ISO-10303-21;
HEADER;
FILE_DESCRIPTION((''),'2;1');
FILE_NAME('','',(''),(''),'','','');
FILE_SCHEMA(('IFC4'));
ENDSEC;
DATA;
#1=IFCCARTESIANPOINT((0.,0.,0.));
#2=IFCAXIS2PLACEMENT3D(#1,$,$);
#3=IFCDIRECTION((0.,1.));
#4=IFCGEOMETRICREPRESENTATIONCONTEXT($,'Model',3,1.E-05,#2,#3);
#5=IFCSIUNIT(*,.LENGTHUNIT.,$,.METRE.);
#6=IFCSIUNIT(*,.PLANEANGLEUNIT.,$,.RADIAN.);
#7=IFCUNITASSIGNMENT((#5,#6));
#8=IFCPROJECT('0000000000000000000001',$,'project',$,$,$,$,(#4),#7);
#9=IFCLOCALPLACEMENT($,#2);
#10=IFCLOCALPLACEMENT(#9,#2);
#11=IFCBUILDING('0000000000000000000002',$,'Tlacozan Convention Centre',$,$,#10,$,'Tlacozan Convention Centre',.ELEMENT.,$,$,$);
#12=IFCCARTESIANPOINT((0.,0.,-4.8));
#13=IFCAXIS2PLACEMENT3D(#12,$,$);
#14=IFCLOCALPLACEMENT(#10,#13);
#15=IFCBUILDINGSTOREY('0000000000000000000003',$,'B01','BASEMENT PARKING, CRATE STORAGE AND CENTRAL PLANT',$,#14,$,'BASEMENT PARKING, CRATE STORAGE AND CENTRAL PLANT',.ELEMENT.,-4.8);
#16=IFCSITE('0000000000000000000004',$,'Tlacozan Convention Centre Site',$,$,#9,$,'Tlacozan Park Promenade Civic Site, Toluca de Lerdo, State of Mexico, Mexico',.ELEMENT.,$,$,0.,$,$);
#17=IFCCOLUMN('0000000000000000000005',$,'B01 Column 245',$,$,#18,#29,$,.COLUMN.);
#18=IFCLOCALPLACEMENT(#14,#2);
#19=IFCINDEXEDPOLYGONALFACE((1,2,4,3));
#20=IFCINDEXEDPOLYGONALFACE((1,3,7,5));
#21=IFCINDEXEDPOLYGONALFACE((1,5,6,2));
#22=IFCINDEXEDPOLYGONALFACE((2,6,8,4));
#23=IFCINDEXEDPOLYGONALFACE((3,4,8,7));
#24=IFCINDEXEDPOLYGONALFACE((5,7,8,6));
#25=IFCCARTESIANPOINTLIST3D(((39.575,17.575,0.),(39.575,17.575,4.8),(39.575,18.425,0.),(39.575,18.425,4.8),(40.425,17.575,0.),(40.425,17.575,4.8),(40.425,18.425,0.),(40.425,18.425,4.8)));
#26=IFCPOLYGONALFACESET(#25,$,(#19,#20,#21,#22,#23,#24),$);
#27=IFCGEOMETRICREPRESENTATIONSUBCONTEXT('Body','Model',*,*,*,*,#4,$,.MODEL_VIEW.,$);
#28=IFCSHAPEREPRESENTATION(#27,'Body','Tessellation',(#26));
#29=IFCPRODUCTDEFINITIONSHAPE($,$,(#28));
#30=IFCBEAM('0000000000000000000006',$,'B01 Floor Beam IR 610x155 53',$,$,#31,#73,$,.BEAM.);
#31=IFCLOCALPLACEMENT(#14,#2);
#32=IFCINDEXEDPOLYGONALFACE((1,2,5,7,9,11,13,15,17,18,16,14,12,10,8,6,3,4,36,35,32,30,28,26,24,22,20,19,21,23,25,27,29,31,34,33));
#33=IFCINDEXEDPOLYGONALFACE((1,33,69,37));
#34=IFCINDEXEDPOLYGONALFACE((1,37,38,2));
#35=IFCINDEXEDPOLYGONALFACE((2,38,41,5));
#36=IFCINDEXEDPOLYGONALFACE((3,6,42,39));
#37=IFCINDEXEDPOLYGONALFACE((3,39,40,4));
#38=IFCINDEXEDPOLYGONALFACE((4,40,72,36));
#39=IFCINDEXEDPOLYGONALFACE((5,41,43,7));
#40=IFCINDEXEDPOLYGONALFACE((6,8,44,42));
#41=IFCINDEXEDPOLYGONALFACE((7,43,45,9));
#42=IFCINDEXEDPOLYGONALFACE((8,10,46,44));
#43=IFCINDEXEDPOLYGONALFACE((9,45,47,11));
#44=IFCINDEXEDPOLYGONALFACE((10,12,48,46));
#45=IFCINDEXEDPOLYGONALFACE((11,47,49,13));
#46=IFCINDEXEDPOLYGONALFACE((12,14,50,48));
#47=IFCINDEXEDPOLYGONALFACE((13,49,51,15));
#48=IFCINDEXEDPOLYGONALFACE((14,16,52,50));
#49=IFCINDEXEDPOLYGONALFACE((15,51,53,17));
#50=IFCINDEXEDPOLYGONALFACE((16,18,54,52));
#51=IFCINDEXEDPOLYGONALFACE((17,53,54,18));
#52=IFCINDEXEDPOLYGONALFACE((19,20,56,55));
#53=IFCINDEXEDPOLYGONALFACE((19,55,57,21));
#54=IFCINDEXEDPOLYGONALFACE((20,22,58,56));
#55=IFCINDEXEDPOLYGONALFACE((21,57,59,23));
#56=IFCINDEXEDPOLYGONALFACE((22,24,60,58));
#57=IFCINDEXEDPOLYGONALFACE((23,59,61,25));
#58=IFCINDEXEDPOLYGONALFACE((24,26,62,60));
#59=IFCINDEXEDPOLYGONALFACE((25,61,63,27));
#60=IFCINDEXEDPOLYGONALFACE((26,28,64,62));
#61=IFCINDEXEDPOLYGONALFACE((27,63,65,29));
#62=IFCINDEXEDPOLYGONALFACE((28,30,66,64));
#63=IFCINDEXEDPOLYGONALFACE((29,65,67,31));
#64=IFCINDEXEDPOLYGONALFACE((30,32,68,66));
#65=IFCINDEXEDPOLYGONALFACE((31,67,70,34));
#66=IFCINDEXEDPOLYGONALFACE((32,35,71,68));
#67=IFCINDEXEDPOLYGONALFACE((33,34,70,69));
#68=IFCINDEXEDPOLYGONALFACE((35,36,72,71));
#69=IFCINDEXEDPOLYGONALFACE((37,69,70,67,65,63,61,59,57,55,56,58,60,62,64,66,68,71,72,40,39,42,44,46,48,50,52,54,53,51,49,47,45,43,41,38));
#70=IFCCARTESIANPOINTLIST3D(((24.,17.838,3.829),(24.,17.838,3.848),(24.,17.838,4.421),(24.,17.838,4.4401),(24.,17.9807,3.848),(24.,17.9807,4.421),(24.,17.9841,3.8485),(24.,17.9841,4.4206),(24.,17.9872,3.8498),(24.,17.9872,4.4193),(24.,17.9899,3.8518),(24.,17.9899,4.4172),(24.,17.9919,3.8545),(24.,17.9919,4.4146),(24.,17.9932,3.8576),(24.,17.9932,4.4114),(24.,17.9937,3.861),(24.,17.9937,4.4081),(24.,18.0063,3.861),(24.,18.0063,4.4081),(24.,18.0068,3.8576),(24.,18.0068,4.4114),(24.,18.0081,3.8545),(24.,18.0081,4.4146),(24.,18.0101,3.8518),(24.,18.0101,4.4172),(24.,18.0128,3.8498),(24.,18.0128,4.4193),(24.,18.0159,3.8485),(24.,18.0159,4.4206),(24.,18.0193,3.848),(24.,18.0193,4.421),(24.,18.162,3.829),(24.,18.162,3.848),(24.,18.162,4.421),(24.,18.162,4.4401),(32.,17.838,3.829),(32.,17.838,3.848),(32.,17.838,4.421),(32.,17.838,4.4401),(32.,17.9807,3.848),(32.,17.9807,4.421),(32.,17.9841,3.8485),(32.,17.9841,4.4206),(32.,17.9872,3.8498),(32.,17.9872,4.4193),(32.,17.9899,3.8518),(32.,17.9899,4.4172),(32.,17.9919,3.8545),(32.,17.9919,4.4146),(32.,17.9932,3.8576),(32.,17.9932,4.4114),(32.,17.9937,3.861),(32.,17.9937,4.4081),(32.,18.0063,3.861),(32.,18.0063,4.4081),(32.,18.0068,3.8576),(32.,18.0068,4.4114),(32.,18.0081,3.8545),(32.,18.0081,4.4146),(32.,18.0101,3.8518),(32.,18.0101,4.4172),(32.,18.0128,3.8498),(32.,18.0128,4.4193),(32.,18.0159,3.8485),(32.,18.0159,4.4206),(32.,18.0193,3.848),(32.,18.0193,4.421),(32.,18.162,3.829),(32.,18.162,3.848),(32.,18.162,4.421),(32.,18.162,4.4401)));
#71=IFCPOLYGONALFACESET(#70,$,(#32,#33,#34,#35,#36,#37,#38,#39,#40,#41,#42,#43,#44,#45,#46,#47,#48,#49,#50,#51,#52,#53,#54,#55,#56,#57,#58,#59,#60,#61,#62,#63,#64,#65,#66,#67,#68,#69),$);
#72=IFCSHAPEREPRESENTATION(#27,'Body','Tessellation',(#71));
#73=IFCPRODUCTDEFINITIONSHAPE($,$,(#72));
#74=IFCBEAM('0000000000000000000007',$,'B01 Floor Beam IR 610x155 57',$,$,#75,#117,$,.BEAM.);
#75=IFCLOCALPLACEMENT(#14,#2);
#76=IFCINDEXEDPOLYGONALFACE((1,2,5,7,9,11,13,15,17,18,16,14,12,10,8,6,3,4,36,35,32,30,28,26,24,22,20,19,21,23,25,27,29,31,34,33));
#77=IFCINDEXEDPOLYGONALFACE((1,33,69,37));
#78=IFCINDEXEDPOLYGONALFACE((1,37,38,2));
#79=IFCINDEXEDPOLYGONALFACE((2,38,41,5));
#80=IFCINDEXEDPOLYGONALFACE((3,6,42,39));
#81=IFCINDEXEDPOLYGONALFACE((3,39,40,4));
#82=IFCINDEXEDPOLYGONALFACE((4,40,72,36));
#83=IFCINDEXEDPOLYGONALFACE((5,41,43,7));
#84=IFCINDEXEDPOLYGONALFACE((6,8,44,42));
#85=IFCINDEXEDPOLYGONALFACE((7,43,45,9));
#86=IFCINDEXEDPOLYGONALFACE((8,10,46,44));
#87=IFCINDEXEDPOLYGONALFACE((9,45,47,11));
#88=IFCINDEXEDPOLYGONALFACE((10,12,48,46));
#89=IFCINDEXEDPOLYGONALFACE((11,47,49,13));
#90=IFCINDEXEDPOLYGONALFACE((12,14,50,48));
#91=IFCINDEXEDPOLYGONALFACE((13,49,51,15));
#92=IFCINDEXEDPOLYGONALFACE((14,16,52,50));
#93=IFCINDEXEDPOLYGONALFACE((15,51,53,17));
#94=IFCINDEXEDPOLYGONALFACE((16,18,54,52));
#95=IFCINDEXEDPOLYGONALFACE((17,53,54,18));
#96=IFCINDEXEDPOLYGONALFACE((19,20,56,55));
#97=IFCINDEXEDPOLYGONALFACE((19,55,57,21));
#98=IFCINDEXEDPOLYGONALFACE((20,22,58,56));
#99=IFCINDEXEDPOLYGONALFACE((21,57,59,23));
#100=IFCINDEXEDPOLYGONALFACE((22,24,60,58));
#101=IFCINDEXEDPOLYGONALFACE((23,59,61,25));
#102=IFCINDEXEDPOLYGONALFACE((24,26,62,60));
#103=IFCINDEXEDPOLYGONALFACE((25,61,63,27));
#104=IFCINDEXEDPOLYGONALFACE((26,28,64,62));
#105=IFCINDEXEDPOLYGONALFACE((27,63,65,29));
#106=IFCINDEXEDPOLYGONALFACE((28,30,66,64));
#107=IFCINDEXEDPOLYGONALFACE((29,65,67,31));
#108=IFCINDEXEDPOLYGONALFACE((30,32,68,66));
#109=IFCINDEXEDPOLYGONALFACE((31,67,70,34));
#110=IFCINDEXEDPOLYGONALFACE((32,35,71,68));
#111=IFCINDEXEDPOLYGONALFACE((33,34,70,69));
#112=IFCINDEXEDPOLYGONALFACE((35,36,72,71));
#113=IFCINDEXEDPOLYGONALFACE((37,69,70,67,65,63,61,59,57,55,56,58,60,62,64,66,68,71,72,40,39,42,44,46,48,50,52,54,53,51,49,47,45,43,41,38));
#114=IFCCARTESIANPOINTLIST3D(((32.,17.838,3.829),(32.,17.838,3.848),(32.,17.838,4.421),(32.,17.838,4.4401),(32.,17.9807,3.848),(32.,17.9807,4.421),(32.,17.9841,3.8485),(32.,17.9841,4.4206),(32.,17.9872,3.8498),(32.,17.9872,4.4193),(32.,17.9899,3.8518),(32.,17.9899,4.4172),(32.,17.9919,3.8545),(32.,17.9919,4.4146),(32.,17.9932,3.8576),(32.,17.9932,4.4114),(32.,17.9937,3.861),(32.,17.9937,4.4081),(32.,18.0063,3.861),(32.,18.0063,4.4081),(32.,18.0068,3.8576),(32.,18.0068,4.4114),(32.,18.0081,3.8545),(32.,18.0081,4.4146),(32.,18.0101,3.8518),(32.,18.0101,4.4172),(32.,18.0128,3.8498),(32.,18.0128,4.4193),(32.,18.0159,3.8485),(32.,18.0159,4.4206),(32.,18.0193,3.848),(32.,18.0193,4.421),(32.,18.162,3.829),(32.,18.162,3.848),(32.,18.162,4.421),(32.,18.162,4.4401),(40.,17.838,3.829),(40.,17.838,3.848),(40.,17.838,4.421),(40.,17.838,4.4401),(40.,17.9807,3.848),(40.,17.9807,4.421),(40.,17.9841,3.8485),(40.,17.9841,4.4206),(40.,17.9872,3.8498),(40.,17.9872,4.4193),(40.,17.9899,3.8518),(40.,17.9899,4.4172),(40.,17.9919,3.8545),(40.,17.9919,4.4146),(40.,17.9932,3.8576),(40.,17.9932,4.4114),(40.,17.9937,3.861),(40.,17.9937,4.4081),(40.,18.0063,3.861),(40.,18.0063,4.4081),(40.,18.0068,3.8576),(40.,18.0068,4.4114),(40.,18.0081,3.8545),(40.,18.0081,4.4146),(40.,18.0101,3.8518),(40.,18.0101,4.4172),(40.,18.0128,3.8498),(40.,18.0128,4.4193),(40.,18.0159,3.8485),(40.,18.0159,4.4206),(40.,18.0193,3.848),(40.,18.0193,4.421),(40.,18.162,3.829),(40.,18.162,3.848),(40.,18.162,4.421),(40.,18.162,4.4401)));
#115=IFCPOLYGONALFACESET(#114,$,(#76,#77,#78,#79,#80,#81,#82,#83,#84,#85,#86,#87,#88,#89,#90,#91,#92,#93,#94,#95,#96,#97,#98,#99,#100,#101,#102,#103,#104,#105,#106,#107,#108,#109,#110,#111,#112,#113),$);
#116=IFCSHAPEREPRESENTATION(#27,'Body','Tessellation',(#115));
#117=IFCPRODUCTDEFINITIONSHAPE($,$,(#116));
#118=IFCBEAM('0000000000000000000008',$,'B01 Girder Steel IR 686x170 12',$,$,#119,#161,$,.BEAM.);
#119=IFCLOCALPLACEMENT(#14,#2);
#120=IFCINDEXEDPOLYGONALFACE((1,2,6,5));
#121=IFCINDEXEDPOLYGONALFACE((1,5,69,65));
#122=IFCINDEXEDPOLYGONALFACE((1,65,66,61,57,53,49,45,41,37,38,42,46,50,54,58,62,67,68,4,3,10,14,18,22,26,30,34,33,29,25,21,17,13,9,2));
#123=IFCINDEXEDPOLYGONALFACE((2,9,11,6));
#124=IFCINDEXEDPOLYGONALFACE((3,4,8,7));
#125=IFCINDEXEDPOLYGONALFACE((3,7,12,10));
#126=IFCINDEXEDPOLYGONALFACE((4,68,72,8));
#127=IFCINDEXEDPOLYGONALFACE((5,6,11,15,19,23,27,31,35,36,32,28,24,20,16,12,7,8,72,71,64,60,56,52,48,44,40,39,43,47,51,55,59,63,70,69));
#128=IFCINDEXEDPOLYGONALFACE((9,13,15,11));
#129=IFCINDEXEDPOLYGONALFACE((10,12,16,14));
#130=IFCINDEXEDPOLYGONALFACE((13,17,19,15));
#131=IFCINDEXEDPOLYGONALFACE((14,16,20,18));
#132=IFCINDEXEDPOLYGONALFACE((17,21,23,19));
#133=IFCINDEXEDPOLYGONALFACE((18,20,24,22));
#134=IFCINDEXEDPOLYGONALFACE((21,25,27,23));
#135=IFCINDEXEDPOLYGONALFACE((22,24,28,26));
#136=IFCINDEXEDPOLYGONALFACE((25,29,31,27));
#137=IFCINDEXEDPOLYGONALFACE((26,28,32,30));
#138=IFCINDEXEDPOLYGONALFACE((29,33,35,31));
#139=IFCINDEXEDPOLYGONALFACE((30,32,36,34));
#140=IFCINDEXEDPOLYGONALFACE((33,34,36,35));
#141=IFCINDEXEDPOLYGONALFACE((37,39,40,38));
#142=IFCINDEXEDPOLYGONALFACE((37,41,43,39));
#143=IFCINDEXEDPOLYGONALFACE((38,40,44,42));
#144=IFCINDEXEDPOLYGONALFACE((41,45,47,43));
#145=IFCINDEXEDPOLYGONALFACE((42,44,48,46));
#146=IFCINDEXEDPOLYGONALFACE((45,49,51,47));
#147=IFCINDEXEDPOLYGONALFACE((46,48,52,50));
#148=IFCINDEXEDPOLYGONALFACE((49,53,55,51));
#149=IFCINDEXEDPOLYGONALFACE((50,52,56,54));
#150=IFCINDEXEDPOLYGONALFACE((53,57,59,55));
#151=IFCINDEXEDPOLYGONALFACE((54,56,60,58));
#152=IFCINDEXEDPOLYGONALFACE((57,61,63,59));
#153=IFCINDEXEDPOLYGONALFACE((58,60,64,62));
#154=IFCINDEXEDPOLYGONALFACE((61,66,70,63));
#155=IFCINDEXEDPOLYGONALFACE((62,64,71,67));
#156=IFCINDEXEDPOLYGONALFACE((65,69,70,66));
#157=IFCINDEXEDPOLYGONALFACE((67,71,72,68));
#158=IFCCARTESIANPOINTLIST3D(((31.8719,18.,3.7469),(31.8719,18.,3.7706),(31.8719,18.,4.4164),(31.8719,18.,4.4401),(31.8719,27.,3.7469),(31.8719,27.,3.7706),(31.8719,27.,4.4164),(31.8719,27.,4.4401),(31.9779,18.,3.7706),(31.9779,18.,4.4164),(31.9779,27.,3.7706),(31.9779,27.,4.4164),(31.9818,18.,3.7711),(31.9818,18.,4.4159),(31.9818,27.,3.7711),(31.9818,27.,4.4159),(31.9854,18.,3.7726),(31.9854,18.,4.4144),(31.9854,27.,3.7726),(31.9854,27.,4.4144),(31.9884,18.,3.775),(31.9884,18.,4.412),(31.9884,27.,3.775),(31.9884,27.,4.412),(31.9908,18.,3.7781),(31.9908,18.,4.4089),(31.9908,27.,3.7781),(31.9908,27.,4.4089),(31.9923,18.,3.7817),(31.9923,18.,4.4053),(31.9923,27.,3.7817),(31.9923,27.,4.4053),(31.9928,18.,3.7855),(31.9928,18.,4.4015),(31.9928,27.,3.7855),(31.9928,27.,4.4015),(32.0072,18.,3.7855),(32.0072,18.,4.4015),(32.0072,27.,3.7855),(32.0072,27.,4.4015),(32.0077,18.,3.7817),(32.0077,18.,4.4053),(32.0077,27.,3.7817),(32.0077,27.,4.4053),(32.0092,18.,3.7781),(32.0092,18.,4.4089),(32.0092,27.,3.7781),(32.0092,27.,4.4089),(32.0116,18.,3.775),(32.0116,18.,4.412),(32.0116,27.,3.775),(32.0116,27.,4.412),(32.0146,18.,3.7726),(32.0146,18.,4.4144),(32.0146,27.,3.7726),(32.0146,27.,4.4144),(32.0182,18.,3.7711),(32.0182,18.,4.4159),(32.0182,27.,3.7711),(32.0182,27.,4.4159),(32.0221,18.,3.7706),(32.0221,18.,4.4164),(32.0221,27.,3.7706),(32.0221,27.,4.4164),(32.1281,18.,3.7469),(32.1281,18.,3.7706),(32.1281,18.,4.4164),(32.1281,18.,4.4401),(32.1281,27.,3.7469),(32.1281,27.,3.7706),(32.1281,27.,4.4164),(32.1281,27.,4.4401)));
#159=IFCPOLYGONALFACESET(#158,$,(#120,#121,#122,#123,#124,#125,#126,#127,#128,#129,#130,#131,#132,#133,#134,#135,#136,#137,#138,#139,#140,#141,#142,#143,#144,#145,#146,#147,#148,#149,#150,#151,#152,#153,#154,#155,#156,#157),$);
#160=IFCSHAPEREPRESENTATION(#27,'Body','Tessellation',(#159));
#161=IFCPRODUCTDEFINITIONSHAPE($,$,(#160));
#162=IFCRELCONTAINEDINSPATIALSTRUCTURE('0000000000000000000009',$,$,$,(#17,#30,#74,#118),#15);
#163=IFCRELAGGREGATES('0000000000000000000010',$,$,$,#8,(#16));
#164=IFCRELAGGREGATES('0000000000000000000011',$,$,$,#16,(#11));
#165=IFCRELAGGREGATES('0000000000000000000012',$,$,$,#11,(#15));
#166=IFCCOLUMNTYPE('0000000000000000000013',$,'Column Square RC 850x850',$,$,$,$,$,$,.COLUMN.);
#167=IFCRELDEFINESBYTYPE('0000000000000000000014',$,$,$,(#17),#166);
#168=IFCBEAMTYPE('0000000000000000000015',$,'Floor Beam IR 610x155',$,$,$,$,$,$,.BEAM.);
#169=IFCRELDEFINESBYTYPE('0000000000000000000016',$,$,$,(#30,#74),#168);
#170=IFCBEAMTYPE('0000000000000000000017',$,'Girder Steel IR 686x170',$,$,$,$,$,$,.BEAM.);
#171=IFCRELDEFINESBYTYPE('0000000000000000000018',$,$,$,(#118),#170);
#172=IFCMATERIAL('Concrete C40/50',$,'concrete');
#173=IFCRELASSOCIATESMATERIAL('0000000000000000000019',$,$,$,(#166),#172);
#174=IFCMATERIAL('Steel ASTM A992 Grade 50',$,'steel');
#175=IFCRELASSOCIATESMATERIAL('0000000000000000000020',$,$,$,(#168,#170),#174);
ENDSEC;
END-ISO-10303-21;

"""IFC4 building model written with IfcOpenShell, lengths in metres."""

from ifc_helpers import new_model, si_unit, direction, frame, origin, origin_2d, place, context, subcontext, project, spatial, rectangle, i_section, extrude, material, material_profile, profile_set, type_object, element, save


model = new_model("IFC4")

# Units and contexts
model_context = context("Model", 3, precision=1e-05, world=origin(), true_north=direction((0.0, 1.0)))
body_context = subcontext(model_context, "Body", "Model", "MODEL_VIEW")
ifc_project = project(units=[si_unit("LENGTHUNIT", "METRE"), si_unit("PLANEANGLEUNIT", "RADIAN")], contexts=[model_context])

# Site, building, storey
site_placement = place(None, origin())
site = spatial("IfcSite", under=ifc_project, at=site_placement, Name="Tlacozan Convention Centre Site", LongName="Tlacozan Park Promenade Civic Site, Toluca de Lerdo, State of Mexico, Mexico", CompositionType="ELEMENT", RefElevation=0.0)
building_placement = place(site_placement, origin())
building = spatial("IfcBuilding", under=site, at=building_placement, Name="Tlacozan Convention Centre", LongName="Tlacozan Convention Centre", CompositionType="ELEMENT")
storey_placement = place(building_placement, frame((0.0, 0.0, -4.8)))
storey = spatial("IfcBuildingStorey", under=building, at=storey_placement, Name="B01", Description="BASEMENT PARKING, CRATE STORAGE AND CENTRAL PLANT", LongName="BASEMENT PARKING, CRATE STORAGE AND CENTRAL PLANT", CompositionType="ELEMENT", Elevation=-4.8)

# Column
ifc_material_1 = material(Name="Concrete C40/50", Category="concrete")
ifc_material_profile_1 = material_profile(ifc_material_1, rectangle(XDim=0.8501, YDim=0.8501, at=origin_2d()), Name="RC 850x850")
ifc_profile_set_1 = profile_set([ifc_material_profile_1], Name="Concrete C40/50")
column_type = type_object("IfcColumnType", Name="Column Square RC 850x850", PredefinedType="COLUMN", material=ifc_profile_set_1)
for number, where, z_axis, x_axis, name in (
    (1, (40.0, 18.0, 0.0), (0.0, 0.0, 1.0), (1.0, 0.0, 0.0), "B01 Column 245"),
):
    element("IfcColumn", number, at=place(storey_placement, frame(where, z_axis=z_axis, x_axis=x_axis)), inside=storey, type_object=column_type, Name=name, PredefinedType="COLUMN", context=body_context, shape_type="SweptSolid", body=[
        extrude(rectangle(XDim=0.8501, YDim=0.8501, at=origin_2d()), origin(), (0.0, 0.0, 1.0), 4.8),
    ])

# Beams
ifc_material_2 = material(Name="Steel ASTM A992 Grade 50", Category="steel")
ifc_material_profile_2 = material_profile(ifc_material_2, i_section(OverallWidth=0.324, OverallDepth=0.6111, WebThickness=0.0127, FlangeThickness=0.019, FilletRadius=0.0129, at=origin_2d()), Name="IR 610x155.0")
ifc_profile_set_2 = profile_set([ifc_material_profile_2], Name="Steel ASTM A992 Grade 50")
beam_type_1 = type_object("IfcBeamType", Name="Floor Beam IR 610x155", PredefinedType="BEAM", material=ifc_profile_set_2)
for number, where, z_axis, x_axis, name in (
    (2, (24.0, 18.0, 4.1345), (1.0, 0.0, 0.0), (0.0, 1.0, 0.0), "B01 Floor Beam IR 610x155 53"),
    (3, (32.0, 18.0, 4.1345), (1.0, 0.0, 0.0), (0.0, 1.0, 0.0), "B01 Floor Beam IR 610x155 57"),
):
    element("IfcBeam", number, at=place(storey_placement, frame(where, z_axis=z_axis, x_axis=x_axis)), inside=storey, type_object=beam_type_1, Name=name, PredefinedType="BEAM", context=body_context, shape_type="SweptSolid", body=[
        extrude(i_section(OverallWidth=0.324, OverallDepth=0.6111, WebThickness=0.0127, FlangeThickness=0.019, FilletRadius=0.0129, at=origin_2d()), origin(), (0.0, 0.0, 1.0), 8.0),
    ])
ifc_material_profile_3 = material_profile(ifc_material_2, i_section(OverallWidth=0.2561, OverallDepth=0.6931, WebThickness=0.0144, FlangeThickness=0.0237, FilletRadius=0.0149, at=origin_2d()), Name="IR 686x170.0")
ifc_profile_set_3 = profile_set([ifc_material_profile_3], Name="Steel ASTM A992 Grade 50")
beam_type_2 = type_object("IfcBeamType", Name="Girder Steel IR 686x170", PredefinedType="BEAM", material=ifc_profile_set_3)
beam_placement = place(storey_placement, frame((32.0, 18.0, 4.0935), z_axis=(0.0, 1.0, 0.0), x_axis=(-1.0, 0.0, 0.0)))
element("IfcBeam", 4, at=beam_placement, inside=storey, type_object=beam_type_2, Name="B01 Girder Steel IR 686x170 12", PredefinedType="BEAM", context=body_context, shape_type="SweptSolid", body=[
    extrude(i_section(OverallWidth=0.2561, OverallDepth=0.6931, WebThickness=0.0144, FlangeThickness=0.0237, FilletRadius=0.0149, at=origin_2d()), origin(), (0.0, 0.0, 1.0), 9.0),
])

save(model, "model.ifc")
